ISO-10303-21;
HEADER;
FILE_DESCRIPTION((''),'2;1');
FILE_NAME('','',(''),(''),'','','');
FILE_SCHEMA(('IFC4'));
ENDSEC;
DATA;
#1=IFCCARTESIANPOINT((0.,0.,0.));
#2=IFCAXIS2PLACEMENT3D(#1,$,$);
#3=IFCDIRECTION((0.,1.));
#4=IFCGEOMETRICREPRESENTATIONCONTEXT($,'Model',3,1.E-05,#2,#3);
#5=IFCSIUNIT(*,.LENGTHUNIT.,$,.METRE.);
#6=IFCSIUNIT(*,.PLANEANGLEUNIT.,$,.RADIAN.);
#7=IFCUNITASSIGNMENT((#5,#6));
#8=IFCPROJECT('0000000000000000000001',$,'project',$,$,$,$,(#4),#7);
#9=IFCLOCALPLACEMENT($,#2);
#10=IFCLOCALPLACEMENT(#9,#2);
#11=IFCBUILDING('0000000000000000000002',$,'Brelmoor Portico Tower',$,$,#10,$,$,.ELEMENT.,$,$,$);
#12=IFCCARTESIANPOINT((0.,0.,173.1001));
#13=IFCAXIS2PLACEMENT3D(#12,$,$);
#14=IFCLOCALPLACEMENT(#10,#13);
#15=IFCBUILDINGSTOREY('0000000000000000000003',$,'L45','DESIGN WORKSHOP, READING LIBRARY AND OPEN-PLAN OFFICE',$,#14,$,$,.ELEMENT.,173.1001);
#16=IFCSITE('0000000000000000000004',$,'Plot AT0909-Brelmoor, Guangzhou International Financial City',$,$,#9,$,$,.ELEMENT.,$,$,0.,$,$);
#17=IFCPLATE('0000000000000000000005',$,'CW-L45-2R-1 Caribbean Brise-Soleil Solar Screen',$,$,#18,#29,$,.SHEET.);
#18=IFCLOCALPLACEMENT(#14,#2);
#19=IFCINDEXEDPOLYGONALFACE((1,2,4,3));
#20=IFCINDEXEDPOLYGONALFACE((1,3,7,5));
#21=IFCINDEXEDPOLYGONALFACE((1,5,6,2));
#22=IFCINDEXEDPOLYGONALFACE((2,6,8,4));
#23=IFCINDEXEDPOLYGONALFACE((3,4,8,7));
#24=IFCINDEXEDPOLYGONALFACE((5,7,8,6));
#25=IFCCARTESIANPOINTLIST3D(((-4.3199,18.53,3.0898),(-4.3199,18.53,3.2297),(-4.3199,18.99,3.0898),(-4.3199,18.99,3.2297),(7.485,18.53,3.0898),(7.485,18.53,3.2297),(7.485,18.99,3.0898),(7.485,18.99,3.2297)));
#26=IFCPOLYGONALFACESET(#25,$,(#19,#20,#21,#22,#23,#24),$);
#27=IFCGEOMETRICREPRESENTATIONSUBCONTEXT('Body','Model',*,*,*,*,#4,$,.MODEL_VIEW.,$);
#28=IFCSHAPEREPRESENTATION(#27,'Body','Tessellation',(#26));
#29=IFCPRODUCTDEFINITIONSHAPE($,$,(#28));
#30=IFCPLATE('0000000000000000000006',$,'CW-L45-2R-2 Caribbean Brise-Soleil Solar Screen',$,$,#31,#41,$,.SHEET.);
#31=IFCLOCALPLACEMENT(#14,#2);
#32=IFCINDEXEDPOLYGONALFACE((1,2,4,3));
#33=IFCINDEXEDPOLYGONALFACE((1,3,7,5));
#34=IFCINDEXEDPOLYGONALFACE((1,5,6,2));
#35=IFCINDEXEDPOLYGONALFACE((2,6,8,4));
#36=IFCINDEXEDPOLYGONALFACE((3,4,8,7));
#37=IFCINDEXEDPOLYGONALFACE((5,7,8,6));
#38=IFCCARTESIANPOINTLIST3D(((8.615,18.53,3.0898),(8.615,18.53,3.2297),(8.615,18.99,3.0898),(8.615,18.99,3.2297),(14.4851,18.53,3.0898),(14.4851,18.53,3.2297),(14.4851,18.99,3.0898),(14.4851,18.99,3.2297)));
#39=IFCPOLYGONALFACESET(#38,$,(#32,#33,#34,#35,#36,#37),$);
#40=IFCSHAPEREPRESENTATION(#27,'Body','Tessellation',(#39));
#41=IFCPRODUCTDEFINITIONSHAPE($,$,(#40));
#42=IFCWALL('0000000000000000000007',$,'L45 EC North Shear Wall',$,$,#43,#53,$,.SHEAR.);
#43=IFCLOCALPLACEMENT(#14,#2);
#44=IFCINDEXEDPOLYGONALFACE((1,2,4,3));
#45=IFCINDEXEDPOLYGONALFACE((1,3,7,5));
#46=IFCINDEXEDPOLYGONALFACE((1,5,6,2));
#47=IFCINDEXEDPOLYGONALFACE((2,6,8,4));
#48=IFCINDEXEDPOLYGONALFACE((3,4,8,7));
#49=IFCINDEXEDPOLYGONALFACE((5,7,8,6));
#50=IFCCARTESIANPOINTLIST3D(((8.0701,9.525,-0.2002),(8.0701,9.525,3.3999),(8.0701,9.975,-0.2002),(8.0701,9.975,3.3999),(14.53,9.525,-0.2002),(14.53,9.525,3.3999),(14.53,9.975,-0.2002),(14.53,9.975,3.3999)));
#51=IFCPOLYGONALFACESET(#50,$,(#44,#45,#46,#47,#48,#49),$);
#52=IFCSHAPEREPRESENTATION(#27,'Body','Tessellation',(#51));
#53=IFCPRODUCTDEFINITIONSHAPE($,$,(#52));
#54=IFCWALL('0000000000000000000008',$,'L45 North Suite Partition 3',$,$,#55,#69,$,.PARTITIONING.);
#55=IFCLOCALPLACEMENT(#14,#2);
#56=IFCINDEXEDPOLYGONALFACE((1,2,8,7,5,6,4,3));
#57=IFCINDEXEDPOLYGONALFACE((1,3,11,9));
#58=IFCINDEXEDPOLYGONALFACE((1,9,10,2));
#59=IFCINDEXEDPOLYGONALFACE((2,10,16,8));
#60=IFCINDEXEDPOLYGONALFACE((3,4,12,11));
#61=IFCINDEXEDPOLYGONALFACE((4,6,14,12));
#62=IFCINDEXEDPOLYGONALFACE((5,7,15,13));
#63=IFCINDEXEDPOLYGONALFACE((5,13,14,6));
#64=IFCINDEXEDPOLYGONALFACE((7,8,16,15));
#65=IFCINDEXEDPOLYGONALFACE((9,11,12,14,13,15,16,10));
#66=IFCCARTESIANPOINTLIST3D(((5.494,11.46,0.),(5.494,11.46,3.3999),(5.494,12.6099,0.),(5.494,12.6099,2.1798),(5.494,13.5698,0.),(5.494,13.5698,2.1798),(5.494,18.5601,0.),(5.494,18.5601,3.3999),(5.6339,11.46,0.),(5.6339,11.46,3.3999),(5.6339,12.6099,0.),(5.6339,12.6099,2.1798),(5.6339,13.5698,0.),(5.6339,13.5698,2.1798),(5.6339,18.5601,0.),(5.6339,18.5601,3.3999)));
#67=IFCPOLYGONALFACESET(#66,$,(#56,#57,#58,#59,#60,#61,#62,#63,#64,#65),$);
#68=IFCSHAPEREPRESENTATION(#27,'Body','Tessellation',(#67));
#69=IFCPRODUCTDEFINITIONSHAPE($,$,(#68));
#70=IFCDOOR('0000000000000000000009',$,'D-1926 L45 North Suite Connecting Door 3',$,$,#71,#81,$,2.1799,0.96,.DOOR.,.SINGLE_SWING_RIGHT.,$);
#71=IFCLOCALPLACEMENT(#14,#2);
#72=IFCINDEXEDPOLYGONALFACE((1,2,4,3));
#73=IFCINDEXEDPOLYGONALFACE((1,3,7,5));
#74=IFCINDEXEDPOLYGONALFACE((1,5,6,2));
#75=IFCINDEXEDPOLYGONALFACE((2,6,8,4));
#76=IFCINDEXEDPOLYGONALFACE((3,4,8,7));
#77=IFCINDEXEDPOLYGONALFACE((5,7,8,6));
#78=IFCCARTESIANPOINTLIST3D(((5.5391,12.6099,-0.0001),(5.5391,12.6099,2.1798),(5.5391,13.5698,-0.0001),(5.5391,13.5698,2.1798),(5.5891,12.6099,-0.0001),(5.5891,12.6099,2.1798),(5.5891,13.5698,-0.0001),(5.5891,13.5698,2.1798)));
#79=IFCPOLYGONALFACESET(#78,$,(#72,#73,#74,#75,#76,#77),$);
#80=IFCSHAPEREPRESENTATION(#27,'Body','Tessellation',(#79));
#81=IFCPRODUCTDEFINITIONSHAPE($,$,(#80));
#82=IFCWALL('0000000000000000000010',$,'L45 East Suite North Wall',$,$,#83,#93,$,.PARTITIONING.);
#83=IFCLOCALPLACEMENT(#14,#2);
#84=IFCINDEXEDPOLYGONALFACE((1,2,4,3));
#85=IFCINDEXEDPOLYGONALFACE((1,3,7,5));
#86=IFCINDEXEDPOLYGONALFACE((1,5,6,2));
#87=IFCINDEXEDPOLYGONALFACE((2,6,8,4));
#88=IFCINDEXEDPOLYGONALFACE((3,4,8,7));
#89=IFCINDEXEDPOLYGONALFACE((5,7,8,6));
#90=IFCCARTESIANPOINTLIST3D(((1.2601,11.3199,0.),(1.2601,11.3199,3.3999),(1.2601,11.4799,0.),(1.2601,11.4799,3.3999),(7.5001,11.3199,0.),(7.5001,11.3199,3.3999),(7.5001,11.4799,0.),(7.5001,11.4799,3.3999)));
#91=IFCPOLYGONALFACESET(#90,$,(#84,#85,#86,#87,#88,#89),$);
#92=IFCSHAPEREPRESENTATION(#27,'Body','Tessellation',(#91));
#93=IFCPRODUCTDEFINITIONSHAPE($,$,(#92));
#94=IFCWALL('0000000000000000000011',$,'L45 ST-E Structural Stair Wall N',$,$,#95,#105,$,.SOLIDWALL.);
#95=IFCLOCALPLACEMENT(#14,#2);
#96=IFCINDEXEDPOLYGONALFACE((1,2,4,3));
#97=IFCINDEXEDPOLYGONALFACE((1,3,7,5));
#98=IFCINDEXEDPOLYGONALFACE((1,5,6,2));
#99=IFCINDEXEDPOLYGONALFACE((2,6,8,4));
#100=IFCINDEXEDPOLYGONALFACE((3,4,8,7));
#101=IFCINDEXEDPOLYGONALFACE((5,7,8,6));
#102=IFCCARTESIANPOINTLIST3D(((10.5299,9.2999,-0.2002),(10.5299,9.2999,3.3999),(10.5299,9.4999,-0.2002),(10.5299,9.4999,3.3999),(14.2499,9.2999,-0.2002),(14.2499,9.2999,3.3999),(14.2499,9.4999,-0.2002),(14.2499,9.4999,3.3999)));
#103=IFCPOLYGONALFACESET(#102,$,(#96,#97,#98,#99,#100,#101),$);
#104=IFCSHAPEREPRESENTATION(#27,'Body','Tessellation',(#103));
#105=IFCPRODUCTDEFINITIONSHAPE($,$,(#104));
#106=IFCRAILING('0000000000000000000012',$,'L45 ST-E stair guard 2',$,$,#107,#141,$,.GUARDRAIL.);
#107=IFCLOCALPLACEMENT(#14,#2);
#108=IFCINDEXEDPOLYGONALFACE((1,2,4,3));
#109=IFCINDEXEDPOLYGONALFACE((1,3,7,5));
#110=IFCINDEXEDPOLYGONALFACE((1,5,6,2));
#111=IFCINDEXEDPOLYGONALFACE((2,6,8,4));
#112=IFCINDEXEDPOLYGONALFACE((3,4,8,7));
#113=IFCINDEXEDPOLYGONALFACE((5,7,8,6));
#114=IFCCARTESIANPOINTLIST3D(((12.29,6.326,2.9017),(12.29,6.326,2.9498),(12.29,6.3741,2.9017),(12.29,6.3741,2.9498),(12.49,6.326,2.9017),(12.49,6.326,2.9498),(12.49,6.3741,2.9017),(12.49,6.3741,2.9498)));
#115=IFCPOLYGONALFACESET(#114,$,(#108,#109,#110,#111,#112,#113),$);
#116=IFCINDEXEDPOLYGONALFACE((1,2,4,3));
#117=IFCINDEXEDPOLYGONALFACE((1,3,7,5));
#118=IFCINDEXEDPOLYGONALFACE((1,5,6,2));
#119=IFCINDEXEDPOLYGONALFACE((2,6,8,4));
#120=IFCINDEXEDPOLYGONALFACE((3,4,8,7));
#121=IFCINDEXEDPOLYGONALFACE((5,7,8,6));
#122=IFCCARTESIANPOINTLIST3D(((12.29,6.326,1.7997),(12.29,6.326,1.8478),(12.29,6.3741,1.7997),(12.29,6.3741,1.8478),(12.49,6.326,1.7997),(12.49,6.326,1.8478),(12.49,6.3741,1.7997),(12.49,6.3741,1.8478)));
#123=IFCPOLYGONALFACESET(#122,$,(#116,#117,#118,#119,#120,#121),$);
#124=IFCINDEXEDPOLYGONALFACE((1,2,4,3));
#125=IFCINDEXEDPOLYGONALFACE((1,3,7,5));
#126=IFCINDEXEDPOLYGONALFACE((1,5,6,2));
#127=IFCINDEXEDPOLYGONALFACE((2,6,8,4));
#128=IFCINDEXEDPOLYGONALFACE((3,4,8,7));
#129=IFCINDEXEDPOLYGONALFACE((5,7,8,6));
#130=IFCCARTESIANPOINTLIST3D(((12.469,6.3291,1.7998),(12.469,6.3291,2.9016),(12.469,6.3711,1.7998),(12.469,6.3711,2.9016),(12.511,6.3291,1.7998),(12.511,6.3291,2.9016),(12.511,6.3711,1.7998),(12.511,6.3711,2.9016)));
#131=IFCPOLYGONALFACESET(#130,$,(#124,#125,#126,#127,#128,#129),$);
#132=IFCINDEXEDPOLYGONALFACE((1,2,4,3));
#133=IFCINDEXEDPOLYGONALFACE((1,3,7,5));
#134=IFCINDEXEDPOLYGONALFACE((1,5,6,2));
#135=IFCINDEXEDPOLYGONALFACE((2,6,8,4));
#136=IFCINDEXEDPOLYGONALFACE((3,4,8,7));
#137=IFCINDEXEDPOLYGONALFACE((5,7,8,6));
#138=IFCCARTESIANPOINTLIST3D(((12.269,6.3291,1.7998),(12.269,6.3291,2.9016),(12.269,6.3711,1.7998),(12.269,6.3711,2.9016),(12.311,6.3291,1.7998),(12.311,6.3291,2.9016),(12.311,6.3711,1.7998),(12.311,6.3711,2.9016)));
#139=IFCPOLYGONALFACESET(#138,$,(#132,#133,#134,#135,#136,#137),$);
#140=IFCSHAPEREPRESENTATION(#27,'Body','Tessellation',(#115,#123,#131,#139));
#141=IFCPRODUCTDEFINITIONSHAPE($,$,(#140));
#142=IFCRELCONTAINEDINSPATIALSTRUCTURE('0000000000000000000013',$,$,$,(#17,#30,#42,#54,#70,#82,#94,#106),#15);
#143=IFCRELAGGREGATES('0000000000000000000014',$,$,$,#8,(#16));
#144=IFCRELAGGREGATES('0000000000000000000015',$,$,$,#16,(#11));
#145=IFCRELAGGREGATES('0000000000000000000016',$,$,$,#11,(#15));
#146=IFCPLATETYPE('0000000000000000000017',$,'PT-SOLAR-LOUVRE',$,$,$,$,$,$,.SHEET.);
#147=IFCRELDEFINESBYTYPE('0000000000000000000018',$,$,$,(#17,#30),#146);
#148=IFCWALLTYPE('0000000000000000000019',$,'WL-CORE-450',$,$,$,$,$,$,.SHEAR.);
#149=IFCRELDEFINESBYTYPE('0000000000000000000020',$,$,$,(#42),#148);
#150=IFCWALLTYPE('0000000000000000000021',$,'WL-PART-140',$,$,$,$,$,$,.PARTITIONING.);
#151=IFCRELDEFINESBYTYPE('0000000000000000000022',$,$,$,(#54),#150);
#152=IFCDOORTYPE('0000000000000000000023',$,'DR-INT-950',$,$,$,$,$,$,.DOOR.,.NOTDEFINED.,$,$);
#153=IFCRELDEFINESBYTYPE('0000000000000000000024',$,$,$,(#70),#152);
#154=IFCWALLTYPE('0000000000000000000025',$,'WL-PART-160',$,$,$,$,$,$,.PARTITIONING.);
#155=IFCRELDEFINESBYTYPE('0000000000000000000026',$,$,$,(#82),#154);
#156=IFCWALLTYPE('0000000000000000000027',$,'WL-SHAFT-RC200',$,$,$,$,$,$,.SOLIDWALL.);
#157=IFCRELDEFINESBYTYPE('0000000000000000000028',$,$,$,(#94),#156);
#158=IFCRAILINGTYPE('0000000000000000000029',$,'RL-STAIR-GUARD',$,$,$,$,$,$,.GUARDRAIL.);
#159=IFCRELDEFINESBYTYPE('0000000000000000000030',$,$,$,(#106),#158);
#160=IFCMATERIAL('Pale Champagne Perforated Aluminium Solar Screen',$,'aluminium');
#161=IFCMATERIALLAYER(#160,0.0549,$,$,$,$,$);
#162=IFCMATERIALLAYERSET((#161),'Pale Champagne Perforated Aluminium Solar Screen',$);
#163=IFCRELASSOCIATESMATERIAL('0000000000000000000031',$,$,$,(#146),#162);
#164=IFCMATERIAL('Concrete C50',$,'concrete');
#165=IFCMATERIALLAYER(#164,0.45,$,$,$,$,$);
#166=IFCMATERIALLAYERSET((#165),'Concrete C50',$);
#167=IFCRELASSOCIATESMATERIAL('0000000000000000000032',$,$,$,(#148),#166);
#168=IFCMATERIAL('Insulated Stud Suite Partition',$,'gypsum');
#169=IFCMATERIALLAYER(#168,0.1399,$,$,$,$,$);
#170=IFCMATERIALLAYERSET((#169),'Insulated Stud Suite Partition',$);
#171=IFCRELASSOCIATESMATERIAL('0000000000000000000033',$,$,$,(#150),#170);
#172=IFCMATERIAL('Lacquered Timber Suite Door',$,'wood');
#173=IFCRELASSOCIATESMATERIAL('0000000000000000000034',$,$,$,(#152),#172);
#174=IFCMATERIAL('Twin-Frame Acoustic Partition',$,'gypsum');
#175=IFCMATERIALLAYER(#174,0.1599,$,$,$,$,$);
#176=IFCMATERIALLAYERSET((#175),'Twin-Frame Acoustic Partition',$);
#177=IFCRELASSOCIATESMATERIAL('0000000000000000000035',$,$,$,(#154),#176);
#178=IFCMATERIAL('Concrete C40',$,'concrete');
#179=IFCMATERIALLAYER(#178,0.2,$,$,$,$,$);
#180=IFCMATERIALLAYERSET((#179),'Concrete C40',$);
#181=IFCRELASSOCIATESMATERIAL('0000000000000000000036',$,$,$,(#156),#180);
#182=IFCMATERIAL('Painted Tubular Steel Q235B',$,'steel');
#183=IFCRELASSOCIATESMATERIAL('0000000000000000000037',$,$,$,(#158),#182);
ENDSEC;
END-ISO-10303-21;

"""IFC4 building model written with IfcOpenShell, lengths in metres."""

from ifc_helpers import new_model, si_unit, direction, frame, frame_2d, origin, origin_2d, place, context, subcontext, project, spatial, rectangle, extrude, material, layer, layer_set, type_object, element, fill, save


model = new_model("IFC4")

# Units and contexts
model_context = context("Model", 3, precision=1e-05, world=origin(), true_north=direction((0.0, 1.0)))
body_context = subcontext(model_context, "Body", "Model", "MODEL_VIEW")
ifc_project = project(units=[si_unit("LENGTHUNIT", "METRE"), si_unit("PLANEANGLEUNIT", "RADIAN")], contexts=[model_context])

# Site, building, storey
site_placement = place(None, origin())
site = spatial("IfcSite", under=ifc_project, at=site_placement, Name="Plot AT0909-Brelmoor, Guangzhou International Financial City", CompositionType="ELEMENT", RefElevation=0.0)
building_placement = place(site_placement, origin())
building = spatial("IfcBuilding", under=site, at=building_placement, Name="Brelmoor Portico Tower", CompositionType="ELEMENT")
storey_placement = place(building_placement, frame((0.0, 0.0, 173.1001)))
storey = spatial("IfcBuildingStorey", under=building, at=storey_placement, Name="L45", Description="DESIGN WORKSHOP, READING LIBRARY AND OPEN-PLAN OFFICE", CompositionType="ELEMENT", Elevation=173.1001)

# Plates
ifc_material_1 = material(Name="Pale Champagne Perforated Aluminium Solar Screen", Category="aluminium")
ifc_layer_1 = layer(ifc_material_1, 0.0549)
ifc_layer_set_1 = layer_set([ifc_layer_1], Name="Pale Champagne Perforated Aluminium Solar Screen")
plate_type_1 = type_object("IfcPlateType", Name="PT-SOLAR-LOUVRE", PredefinedType="SHEET", material=ifc_layer_set_1)
plate_1_placement = place(storey_placement, frame((1.5825, 18.76, 3.0898), z_axis=(0.0, 0.0, 1.0), x_axis=(1.0, 0.0, 0.0)))
element("IfcPlate", 1, at=plate_1_placement, inside=storey, type_object=plate_type_1, Name="CW-L45-2R-1 Caribbean Brise-Soleil Solar Screen", PredefinedType="SHEET", context=body_context, shape_type="SweptSolid", body=[
    extrude(rectangle(XDim=11.8049, YDim=0.46, at=origin_2d()), origin(), (0.0, 0.0, 1.0), 0.1399),
])
plate_2_placement = place(storey_placement, frame((11.55, 18.76, 3.0898), z_axis=(0.0, 0.0, 1.0), x_axis=(1.0, 0.0, 0.0)))
element("IfcPlate", 2, at=plate_2_placement, inside=storey, type_object=plate_type_1, Name="CW-L45-2R-2 Caribbean Brise-Soleil Solar Screen", PredefinedType="SHEET", context=body_context, shape_type="SweptSolid", body=[
    extrude(rectangle(XDim=5.8701, YDim=0.46, at=origin_2d()), origin(), (0.0, 0.0, 1.0), 0.1399),
])

# Wall
ifc_material_2 = material(Name="Concrete C50", Category="concrete")
ifc_layer_2 = layer(ifc_material_2, 0.45)
ifc_layer_set_2 = layer_set([ifc_layer_2], Name="Concrete C50")
wall_type_1 = type_object("IfcWallType", Name="WL-CORE-450", PredefinedType="SHEAR", material=ifc_layer_set_2)
wall_1_placement = place(storey_placement, frame((8.0701, 9.75, -0.2002), z_axis=(0.0, 0.0, 1.0), x_axis=(1.0, 0.0, 0.0)))
element("IfcWall", 3, at=wall_1_placement, inside=storey, type_object=wall_type_1, Name="L45 EC North Shear Wall", PredefinedType="SHEAR", context=body_context, shape_type="SweptSolid", body=[
    extrude(rectangle(XDim=6.46, YDim=0.45, at=frame_2d((3.23, 0.0))), origin(), (0.0, 0.0, 1.0), 3.6001),
])

# Wall, opening, door
ifc_material_3 = material(Name="Insulated Stud Suite Partition", Category="gypsum")
ifc_layer_3 = layer(ifc_material_3, 0.1399)
ifc_layer_set_3 = layer_set([ifc_layer_3], Name="Insulated Stud Suite Partition")
wall_type_2 = type_object("IfcWallType", Name="WL-PART-140", PredefinedType="PARTITIONING", material=ifc_layer_set_3)
wall_2_placement = place(storey_placement, frame((5.564, 11.46, 0.0), z_axis=(0.0, 0.0, 1.0), x_axis=(0.0, 1.0, 0.0)))
wall_2 = element("IfcWall", 4, at=wall_2_placement, inside=storey, type_object=wall_type_2, Name="L45 North Suite Partition 3", PredefinedType="PARTITIONING", context=body_context, shape_type="SweptSolid", body=[
    extrude(rectangle(XDim=7.1001, YDim=0.1399, at=frame_2d((3.55, 0.0))), origin(), (0.0, 0.0, 1.0), 3.3999),
])
opening_placement = place(wall_2_placement, frame((1.1499, 0.0, 0.0)))
opening = element("IfcOpeningElement", 5, at=opening_placement, cuts=wall_2, PredefinedType="OPENING", context=body_context, shape_type="SweptSolid", body=[
    extrude(rectangle(XDim=0.96, YDim=2.1799, at=frame_2d((0.48, 1.0898))), frame((0.0, 0.0798, 0.0), z_axis=(0.0, -1.0, 0.0), x_axis=(1.0, 0.0, 0.0)), (0.0, 0.0, 1.0), 0.1599),
])
ifc_material_4 = material(Name="Lacquered Timber Suite Door", Category="wood")
door_type = type_object("IfcDoorType", Name="DR-INT-950", OperationType="NOTDEFINED", PredefinedType="DOOR", material=ifc_material_4)
door_placement = place(opening_placement, origin())
door = element("IfcDoor", 6, at=door_placement, inside=storey, type_object=door_type, Name="D-1926 L45 North Suite Connecting Door 3", OperationType="SINGLE_SWING_RIGHT", OverallHeight=2.1799, OverallWidth=0.96, PredefinedType="DOOR", context=body_context, shape_type="SweptSolid", body=[
    extrude(rectangle(XDim=0.96, YDim=2.1799, at=frame_2d((0.48, 1.0898))), frame((0.0, 0.0249, 0.0), z_axis=(0.0, -1.0, 0.0), x_axis=(1.0, 0.0, 0.0)), (0.0, 0.0, 1.0), 0.05),
])
fill(opening, door)

# Walls
ifc_material_5 = material(Name="Twin-Frame Acoustic Partition", Category="gypsum")
ifc_layer_4 = layer(ifc_material_5, 0.1599)
ifc_layer_set_4 = layer_set([ifc_layer_4], Name="Twin-Frame Acoustic Partition")
wall_type_3 = type_object("IfcWallType", Name="WL-PART-160", PredefinedType="PARTITIONING", material=ifc_layer_set_4)
wall_3_placement = place(storey_placement, frame((1.26, 11.3999, 0.0), z_axis=(0.0, 0.0, 1.0), x_axis=(1.0, 0.0, 0.0)))
element("IfcWall", 7, at=wall_3_placement, inside=storey, type_object=wall_type_3, Name="L45 East Suite North Wall", PredefinedType="PARTITIONING", context=body_context, shape_type="SweptSolid", body=[
    extrude(rectangle(XDim=6.24, YDim=0.1599, at=frame_2d((3.1201, 0.0))), origin(), (0.0, 0.0, 1.0), 3.3999),
])
ifc_material_6 = material(Name="Concrete C40", Category="concrete")
ifc_layer_5 = layer(ifc_material_6, 0.2)
ifc_layer_set_5 = layer_set([ifc_layer_5], Name="Concrete C40")
wall_type_4 = type_object("IfcWallType", Name="WL-SHAFT-RC200", PredefinedType="SOLIDWALL", material=ifc_layer_set_5)
wall_4_placement = place(storey_placement, frame((10.53, 9.3999, -0.2002), z_axis=(0.0, 0.0, 1.0), x_axis=(1.0, 0.0, 0.0)))
element("IfcWall", 8, at=wall_4_placement, inside=storey, type_object=wall_type_4, Name="L45 ST-E Structural Stair Wall N", PredefinedType="SOLIDWALL", context=body_context, shape_type="SweptSolid", body=[
    extrude(rectangle(XDim=3.72, YDim=0.2, at=frame_2d((1.8599, 0.0))), origin(), (0.0, 0.0, 1.0), 3.6001),
])

# Railing
ifc_material_7 = material(Name="Painted Tubular Steel Q235B", Category="steel")
railing_type = type_object("IfcRailingType", Name="RL-STAIR-GUARD", PredefinedType="GUARDRAIL", material=ifc_material_7)
railing_placement = place(storey_placement, frame((12.49, 6.3501, 1.7998)))
element("IfcRailing", 9, at=railing_placement, inside=storey, type_object=railing_type, Name="L45 ST-E stair guard 2", PredefinedType="GUARDRAIL", context=body_context, shape_type="SweptSolid", body=[
    extrude(rectangle(XDim=0.0481, YDim=0.0481, at=origin_2d()), frame((0.0, 0.0, 1.126), z_axis=(-1.0, 0.0, 0.0), x_axis=(0.0, -1.0, 0.0)), (0.0, 0.0, 1.0), 0.2),
    extrude(rectangle(XDim=0.0481, YDim=0.0481, at=origin_2d()), frame((0.0, 0.0, 0.0239), z_axis=(-1.0, 0.0, 0.0), x_axis=(0.0, -1.0, 0.0)), (0.0, 0.0, 1.0), 0.2),
    extrude(rectangle(XDim=0.042, YDim=0.042, at=origin_2d()), origin(), (0.0, 0.0, 1.0), 1.1018),
    extrude(rectangle(XDim=0.042, YDim=0.042, at=origin_2d()), frame((-0.2, 0.0, 0.0)), (0.0, 0.0, 1.0), 1.1018),
])

save(model, "model.ifc")
